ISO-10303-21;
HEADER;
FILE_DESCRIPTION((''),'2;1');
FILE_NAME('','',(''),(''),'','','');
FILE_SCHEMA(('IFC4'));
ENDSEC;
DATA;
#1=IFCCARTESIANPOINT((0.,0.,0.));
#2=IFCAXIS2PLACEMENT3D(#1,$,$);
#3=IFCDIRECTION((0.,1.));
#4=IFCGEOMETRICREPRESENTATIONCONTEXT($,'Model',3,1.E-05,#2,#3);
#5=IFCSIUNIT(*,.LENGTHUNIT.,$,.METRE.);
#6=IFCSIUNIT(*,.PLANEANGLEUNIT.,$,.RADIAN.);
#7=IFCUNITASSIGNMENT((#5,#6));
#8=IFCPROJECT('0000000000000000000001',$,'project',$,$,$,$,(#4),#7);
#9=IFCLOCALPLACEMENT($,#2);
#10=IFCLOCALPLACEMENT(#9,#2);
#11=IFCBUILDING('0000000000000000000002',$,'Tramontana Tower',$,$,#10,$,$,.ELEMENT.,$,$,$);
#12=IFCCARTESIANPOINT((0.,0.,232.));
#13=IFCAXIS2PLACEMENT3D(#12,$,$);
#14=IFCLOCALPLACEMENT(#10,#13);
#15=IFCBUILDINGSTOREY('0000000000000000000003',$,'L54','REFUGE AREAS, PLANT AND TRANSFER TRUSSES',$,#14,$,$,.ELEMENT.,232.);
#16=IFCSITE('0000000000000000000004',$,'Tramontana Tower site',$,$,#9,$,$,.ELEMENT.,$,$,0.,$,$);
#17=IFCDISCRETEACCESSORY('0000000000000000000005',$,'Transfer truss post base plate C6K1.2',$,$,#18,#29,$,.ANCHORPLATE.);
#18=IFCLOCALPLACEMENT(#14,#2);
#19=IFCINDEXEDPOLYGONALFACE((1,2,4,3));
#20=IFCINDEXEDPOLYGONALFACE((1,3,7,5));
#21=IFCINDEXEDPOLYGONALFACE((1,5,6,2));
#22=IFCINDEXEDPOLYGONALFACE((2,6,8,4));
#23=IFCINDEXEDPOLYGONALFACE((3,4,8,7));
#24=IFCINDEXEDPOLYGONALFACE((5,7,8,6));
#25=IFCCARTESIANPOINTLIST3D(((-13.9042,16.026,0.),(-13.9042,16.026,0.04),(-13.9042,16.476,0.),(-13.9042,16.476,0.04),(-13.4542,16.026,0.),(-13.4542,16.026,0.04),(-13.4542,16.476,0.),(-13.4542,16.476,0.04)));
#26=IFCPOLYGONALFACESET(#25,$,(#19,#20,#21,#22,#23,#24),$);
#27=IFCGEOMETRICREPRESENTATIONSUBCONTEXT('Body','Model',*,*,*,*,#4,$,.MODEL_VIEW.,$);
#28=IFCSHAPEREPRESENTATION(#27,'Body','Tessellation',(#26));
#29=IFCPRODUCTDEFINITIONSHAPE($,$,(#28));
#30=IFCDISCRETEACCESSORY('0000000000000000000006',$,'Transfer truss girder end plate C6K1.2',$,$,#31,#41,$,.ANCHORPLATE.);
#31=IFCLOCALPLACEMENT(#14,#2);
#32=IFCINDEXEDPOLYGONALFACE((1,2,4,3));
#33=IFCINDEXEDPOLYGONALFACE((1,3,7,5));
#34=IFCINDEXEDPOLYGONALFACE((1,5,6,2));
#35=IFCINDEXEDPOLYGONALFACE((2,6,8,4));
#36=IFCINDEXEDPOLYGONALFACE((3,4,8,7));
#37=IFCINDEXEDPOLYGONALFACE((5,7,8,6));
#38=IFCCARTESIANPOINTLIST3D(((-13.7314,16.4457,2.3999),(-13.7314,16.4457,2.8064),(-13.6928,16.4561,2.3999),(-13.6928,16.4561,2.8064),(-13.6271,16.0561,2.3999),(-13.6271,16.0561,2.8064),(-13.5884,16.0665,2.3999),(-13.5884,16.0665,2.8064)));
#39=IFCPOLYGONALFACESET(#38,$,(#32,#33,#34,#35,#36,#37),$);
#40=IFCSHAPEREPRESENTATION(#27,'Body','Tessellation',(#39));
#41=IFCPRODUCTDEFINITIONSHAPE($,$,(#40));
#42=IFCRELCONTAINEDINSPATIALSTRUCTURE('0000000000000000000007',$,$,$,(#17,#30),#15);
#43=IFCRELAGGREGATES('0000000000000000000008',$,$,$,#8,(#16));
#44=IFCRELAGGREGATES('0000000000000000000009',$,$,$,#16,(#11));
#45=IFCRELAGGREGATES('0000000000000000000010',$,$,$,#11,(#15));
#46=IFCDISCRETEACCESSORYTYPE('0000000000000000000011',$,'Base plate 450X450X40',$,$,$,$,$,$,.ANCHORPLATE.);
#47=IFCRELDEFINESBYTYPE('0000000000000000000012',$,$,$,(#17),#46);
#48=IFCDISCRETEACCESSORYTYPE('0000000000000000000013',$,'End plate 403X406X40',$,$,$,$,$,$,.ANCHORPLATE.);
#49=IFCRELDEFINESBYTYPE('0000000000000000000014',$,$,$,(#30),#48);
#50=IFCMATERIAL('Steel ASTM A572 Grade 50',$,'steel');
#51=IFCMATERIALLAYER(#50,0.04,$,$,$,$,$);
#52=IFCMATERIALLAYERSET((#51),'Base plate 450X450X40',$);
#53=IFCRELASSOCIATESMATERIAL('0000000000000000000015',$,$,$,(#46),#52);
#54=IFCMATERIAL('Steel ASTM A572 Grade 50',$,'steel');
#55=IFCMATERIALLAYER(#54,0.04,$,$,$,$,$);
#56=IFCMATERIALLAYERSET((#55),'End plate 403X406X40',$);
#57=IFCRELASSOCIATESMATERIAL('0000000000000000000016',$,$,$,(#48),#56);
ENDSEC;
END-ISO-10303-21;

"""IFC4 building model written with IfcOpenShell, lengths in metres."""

from ifc_helpers import new_model, si_unit, direction, frame, origin, origin_2d, place, context, subcontext, project, spatial, rectangle, extrude, material, layer, layer_set, type_object, element, save


model = new_model("IFC4")

# Units and contexts
model_context = context("Model", 3, precision=1e-05, world=origin(), true_north=direction((0.0, 1.0)))
body_context = subcontext(model_context, "Body", "Model", "MODEL_VIEW")
ifc_project = project(units=[si_unit("LENGTHUNIT", "METRE"), si_unit("PLANEANGLEUNIT", "RADIAN")], contexts=[model_context])

# Site, building, storey
site_placement = place(None, origin())
site = spatial("IfcSite", under=ifc_project, at=site_placement, Name="Tramontana Tower site", CompositionType="ELEMENT", RefElevation=0.0)
building_placement = place(site_placement, origin())
building = spatial("IfcBuilding", under=site, at=building_placement, Name="Tramontana Tower", CompositionType="ELEMENT")
storey_placement = place(building_placement, frame((0.0, 0.0, 232.0)))
storey = spatial("IfcBuildingStorey", under=building, at=storey_placement, Name="L54", Description="REFUGE AREAS, PLANT AND TRANSFER TRUSSES", CompositionType="ELEMENT", Elevation=232.0)

# Discrete accessories
ifc_material_1 = material(Name="Steel ASTM A572 Grade 50", Category="steel")
ifc_layer_1 = layer(ifc_material_1, 0.04)
ifc_layer_set_1 = layer_set([ifc_layer_1], Name="Base plate 450X450X40")
discrete_accessory_type_1 = type_object("IfcDiscreteAccessoryType", Name="Base plate 450X450X40", PredefinedType="ANCHORPLATE", material=ifc_layer_set_1)
for number, where, z_axis, x_axis, name in (
    (1, (-13.6792, 16.251, 0.0), (0.0, 0.0, 1.0), (1.0, 0.0, 0.0), "Transfer truss post base plate C6K1.2"),
):
    element("IfcDiscreteAccessory", number, at=place(storey_placement, frame(where, z_axis=z_axis, x_axis=x_axis)), inside=storey, type_object=discrete_accessory_type_1, Name=name, PredefinedType="ANCHORPLATE", context=body_context, shape_type="SweptSolid", body=[
        extrude(rectangle(XDim=0.45, YDim=0.45, at=origin_2d()), origin(), (0.0, 0.0, 1.0), 0.04),
    ])
ifc_material_2 = material(Name="Steel ASTM A572 Grade 50", Category="steel")
ifc_layer_2 = layer(ifc_material_2, 0.04)
ifc_layer_set_2 = layer_set([ifc_layer_2], Name="End plate 403X406X40")
discrete_accessory_type_2 = type_object("IfcDiscreteAccessoryType", Name="End plate 403X406X40", PredefinedType="ANCHORPLATE", material=ifc_layer_set_2)
discrete_accessory_placement = place(storey_placement, frame((-13.6599, 16.2561, 2.3999), z_axis=(0.0, 0.0, 1.0), x_axis=(0.258819, -0.965926, 0.0)))
element("IfcDiscreteAccessory", 2, at=discrete_accessory_placement, inside=storey, type_object=discrete_accessory_type_2, Name="Transfer truss girder end plate C6K1.2", PredefinedType="ANCHORPLATE", context=body_context, shape_type="SweptSolid", body=[
    extrude(rectangle(XDim=0.4033, YDim=0.04, at=origin_2d()), origin(), (0.0, 0.0, 1.0), 0.4065),
])

save(model, "model.ifc")
